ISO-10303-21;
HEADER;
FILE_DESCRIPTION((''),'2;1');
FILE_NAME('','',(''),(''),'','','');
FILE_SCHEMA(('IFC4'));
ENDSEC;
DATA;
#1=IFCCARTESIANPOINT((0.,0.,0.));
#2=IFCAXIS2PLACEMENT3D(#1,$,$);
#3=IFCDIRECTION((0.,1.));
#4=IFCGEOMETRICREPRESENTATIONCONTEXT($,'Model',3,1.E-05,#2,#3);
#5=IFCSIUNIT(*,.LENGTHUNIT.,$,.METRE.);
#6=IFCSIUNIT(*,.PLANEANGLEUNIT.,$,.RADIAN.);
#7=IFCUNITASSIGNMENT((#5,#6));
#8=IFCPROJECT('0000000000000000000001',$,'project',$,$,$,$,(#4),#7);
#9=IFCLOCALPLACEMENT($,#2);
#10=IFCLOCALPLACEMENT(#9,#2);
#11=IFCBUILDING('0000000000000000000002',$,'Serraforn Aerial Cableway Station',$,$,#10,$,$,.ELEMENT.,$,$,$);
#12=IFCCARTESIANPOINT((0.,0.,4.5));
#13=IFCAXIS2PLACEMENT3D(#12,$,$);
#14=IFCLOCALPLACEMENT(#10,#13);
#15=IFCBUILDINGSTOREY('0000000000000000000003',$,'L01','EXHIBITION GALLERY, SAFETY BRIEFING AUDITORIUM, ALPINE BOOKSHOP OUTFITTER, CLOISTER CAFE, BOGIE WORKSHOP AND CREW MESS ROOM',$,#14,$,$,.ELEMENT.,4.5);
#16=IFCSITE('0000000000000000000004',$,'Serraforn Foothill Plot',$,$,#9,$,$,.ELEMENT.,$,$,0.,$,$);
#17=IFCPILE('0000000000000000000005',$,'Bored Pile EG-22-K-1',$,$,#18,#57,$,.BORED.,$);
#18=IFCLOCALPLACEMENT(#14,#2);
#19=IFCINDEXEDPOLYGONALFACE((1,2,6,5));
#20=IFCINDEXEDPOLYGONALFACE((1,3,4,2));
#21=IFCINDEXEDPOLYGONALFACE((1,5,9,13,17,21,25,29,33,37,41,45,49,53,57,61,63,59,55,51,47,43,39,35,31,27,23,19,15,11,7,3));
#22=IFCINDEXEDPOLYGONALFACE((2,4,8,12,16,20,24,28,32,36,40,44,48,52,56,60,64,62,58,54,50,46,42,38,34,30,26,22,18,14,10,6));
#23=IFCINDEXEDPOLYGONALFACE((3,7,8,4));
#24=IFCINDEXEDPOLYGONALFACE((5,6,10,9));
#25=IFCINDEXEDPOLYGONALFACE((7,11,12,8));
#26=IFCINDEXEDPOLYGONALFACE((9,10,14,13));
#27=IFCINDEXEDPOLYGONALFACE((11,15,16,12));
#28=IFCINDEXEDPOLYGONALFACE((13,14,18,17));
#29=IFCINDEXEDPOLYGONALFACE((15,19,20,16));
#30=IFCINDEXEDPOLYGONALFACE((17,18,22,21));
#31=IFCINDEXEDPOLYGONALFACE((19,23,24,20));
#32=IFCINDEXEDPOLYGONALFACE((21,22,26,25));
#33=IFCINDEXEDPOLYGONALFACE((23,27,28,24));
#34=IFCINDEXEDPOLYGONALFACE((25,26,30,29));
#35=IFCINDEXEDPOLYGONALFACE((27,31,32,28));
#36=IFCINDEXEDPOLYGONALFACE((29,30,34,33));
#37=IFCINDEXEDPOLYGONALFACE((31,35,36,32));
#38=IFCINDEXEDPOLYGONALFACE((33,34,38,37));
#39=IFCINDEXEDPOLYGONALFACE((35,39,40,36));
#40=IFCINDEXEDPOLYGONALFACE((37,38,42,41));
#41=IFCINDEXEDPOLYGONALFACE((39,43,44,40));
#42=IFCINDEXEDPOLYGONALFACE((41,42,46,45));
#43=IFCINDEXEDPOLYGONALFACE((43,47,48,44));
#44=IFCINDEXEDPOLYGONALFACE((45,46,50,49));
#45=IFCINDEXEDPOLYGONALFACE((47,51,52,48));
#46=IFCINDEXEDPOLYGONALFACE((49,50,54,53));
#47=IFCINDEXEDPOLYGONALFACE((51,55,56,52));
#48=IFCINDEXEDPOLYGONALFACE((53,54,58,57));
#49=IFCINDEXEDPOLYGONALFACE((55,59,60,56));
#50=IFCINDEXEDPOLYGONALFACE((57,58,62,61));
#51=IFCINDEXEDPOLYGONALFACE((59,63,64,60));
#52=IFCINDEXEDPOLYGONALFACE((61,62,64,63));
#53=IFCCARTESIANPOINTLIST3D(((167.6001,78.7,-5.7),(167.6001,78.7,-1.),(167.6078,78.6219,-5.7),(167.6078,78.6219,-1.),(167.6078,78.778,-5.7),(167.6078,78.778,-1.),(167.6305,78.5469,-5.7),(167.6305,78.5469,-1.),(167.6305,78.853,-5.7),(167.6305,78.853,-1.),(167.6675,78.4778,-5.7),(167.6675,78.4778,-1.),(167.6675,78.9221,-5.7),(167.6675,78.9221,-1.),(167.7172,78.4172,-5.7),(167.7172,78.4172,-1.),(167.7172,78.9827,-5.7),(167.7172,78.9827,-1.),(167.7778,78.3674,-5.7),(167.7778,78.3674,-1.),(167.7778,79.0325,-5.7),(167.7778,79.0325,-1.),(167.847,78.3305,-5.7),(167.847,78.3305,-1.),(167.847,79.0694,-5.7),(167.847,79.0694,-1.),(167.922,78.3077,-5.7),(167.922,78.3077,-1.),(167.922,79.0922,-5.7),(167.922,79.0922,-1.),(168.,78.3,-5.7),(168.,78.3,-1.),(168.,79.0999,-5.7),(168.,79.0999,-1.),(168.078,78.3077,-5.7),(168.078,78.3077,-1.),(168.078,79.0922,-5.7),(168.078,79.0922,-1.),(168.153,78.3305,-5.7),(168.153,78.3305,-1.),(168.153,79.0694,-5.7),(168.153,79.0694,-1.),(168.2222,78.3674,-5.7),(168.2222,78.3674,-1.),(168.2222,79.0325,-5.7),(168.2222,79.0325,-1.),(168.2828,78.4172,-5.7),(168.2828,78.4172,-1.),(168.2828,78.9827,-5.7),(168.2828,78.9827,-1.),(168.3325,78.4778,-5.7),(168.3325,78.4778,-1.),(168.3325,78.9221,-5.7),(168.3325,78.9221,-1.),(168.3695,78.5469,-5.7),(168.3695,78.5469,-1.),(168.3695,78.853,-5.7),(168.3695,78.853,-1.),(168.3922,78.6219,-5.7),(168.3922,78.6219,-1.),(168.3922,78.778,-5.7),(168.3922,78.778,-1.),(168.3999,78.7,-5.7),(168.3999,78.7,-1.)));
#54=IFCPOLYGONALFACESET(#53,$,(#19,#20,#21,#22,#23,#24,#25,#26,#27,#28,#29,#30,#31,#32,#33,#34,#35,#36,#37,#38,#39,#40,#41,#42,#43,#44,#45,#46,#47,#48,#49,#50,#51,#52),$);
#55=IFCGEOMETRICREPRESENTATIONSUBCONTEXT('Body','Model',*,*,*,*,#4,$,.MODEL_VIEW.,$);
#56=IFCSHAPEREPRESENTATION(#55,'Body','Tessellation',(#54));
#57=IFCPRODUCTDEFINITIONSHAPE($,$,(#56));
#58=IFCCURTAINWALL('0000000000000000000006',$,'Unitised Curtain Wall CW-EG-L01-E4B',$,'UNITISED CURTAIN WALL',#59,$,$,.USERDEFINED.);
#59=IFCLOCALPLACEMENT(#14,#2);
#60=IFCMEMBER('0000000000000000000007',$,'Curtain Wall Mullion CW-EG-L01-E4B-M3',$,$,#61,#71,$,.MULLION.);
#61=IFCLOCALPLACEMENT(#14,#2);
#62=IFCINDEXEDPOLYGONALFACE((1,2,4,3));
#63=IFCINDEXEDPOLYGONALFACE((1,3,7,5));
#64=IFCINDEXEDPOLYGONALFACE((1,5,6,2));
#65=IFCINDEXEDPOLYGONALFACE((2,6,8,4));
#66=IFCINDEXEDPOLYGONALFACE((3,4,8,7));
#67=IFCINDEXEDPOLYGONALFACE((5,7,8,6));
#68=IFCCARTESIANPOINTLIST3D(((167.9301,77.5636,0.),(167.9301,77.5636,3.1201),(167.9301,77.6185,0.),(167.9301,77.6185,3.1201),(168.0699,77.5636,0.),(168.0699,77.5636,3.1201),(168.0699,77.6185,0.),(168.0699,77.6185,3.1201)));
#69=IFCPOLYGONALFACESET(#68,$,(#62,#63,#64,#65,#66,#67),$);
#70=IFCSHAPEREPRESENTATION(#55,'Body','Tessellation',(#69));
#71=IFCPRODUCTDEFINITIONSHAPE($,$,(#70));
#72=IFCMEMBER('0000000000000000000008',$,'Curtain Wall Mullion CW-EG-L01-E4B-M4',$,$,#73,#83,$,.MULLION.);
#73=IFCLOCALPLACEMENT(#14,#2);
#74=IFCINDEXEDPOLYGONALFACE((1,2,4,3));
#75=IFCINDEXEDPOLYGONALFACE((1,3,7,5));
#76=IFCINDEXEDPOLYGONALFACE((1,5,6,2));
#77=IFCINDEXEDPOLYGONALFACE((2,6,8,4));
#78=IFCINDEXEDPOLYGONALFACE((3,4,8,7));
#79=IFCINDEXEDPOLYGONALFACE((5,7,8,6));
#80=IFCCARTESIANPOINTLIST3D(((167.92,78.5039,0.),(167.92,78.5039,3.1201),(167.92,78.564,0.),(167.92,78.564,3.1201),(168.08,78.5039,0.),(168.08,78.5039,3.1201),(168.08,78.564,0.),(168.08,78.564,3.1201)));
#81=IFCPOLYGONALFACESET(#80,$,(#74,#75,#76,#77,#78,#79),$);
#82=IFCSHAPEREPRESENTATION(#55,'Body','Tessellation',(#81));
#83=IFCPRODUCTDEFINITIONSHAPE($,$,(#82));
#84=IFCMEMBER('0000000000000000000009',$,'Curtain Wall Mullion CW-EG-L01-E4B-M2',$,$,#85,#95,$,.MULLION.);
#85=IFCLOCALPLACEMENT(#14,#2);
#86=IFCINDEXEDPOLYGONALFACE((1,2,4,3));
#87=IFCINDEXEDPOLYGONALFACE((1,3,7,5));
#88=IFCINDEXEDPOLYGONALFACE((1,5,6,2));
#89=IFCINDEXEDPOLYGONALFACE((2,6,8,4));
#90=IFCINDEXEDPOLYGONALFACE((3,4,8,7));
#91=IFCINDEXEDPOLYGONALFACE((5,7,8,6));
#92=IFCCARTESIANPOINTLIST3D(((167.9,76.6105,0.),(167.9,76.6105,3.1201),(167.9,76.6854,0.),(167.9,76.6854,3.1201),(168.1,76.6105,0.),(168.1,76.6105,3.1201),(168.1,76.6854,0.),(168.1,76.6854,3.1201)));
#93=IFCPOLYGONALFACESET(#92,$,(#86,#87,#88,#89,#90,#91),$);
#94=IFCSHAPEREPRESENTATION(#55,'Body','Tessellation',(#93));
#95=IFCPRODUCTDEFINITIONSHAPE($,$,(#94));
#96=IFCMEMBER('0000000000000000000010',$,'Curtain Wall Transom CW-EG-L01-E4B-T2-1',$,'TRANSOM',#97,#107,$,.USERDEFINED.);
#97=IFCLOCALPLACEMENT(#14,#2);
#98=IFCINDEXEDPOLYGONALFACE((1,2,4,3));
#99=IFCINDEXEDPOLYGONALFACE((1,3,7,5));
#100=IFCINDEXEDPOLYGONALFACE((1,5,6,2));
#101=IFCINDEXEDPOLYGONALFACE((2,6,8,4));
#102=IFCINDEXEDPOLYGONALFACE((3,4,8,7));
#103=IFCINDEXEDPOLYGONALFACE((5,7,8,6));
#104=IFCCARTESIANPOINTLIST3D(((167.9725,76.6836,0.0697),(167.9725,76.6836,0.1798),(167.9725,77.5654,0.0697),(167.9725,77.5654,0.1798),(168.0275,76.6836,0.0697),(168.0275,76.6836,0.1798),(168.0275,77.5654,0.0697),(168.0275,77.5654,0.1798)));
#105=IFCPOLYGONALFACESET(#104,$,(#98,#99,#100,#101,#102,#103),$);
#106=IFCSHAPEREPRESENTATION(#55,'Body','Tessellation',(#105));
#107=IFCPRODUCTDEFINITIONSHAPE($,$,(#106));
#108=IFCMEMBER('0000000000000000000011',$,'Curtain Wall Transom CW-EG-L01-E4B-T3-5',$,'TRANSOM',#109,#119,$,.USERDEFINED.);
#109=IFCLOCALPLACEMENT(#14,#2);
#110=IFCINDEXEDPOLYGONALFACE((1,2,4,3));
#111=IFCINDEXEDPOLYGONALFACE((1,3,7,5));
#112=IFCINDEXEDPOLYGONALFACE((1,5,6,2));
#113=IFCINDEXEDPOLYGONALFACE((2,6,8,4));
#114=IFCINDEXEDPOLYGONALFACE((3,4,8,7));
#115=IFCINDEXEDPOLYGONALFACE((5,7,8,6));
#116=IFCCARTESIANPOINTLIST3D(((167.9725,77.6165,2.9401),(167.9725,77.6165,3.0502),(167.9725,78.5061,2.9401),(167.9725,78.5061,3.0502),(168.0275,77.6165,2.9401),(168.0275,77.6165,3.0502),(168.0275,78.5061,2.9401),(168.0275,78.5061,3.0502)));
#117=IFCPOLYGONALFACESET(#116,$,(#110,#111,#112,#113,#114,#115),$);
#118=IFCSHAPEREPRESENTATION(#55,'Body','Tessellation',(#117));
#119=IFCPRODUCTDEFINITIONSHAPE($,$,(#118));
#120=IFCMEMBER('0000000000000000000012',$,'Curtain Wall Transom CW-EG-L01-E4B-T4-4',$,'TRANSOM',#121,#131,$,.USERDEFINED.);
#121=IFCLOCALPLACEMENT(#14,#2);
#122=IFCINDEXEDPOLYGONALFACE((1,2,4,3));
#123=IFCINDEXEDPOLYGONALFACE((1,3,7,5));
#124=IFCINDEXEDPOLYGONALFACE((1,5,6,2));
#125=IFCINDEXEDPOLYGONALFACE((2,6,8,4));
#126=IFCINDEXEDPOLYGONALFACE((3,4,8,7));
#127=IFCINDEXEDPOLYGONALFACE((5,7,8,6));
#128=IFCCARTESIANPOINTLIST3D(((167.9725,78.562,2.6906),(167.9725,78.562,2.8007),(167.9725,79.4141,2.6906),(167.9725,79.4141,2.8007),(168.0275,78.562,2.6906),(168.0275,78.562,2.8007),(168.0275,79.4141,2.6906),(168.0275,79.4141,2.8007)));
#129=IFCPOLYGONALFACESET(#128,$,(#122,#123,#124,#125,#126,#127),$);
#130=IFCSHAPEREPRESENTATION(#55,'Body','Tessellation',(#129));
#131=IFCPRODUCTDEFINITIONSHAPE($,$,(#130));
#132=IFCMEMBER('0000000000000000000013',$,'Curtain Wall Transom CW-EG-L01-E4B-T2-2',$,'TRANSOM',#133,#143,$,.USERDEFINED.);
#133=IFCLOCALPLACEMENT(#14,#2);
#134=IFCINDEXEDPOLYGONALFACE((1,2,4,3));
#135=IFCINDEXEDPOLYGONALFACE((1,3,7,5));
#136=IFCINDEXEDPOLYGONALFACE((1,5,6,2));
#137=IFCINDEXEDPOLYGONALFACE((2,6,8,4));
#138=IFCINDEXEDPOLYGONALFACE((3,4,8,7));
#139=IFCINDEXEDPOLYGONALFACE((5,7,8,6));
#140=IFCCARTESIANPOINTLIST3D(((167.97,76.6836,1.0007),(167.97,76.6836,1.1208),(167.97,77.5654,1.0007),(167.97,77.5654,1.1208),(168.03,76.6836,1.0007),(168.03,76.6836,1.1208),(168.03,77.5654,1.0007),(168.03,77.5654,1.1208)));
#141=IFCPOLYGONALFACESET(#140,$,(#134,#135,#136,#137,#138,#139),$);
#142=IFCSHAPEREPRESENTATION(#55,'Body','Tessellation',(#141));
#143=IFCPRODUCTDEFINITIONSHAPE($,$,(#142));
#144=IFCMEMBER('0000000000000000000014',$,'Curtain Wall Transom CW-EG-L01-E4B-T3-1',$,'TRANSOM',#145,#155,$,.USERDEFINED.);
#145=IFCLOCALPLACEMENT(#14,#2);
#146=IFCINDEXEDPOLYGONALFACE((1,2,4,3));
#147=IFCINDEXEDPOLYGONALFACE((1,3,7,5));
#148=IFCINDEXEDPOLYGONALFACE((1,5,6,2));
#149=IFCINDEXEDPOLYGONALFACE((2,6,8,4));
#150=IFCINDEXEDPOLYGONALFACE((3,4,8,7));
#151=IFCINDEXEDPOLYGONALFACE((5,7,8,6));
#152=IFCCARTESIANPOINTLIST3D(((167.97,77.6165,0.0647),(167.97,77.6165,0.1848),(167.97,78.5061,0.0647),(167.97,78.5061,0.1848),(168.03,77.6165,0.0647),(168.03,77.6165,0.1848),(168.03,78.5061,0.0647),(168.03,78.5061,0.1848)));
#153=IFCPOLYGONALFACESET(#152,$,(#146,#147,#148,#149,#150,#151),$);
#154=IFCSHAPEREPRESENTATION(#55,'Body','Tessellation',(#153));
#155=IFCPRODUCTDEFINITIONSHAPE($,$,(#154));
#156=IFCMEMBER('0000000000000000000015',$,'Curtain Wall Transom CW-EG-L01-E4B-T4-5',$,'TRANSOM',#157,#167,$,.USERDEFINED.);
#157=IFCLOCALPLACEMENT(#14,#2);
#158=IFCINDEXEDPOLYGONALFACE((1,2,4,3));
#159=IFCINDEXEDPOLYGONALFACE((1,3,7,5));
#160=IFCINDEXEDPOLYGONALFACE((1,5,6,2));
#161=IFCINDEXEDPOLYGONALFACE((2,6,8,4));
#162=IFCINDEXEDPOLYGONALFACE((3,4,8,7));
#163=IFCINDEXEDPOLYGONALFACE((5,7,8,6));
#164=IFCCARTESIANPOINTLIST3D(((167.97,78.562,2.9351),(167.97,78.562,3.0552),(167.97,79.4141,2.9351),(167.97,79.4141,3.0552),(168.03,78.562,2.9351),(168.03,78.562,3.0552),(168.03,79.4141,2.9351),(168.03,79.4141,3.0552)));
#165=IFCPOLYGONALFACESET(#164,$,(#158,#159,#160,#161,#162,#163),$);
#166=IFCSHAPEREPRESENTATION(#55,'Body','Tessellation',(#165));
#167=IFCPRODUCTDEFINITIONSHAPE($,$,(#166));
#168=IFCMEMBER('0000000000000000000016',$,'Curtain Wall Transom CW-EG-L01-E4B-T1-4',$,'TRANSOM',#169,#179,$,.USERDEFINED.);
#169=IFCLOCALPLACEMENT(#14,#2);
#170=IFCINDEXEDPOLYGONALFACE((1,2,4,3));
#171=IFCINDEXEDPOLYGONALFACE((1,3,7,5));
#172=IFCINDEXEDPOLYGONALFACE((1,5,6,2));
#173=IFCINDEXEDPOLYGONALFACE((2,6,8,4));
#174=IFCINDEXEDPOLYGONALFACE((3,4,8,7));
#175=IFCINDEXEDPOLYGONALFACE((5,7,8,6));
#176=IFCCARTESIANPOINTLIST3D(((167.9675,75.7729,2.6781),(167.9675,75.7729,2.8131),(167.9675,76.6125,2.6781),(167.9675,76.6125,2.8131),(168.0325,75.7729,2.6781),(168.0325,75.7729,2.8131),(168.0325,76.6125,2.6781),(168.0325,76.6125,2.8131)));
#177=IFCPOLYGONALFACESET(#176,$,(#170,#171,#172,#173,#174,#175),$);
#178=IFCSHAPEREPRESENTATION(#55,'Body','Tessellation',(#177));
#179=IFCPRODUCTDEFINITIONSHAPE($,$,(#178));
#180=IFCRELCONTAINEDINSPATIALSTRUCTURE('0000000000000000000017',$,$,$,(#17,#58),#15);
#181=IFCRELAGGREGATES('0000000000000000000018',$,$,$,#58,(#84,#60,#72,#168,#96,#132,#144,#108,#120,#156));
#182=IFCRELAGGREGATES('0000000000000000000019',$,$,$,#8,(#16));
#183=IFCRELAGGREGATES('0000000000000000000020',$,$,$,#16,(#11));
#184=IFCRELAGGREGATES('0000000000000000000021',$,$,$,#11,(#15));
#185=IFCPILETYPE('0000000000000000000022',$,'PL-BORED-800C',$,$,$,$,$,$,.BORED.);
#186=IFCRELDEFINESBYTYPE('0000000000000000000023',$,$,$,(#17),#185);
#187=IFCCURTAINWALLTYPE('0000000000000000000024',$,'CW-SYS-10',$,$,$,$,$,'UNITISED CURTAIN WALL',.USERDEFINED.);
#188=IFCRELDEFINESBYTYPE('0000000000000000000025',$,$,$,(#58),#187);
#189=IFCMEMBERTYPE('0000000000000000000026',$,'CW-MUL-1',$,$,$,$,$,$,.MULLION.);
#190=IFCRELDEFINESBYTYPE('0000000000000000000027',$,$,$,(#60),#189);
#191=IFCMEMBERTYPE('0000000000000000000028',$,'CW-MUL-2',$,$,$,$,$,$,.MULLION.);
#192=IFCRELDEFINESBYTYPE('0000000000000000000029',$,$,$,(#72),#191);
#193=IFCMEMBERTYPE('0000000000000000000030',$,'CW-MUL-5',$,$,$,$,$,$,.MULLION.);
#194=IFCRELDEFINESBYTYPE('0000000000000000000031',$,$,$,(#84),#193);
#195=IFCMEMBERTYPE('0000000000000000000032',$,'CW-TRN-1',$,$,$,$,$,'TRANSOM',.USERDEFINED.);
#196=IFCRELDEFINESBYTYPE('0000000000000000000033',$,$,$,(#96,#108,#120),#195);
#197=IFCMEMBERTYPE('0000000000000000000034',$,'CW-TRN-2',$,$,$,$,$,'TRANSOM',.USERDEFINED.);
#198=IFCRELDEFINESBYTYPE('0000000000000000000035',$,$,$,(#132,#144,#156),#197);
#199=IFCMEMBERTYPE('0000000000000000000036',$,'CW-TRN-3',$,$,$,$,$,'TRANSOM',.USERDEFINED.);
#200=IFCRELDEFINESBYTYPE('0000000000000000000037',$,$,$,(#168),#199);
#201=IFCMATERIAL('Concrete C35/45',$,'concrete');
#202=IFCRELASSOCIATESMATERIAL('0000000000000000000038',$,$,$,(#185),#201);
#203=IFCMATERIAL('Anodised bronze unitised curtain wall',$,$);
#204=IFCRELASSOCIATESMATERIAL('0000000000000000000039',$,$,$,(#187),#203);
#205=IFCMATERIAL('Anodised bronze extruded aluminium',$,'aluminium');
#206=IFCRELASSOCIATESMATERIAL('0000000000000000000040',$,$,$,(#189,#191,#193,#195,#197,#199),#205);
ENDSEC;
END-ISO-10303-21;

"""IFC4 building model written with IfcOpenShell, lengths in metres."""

from ifc_helpers import new_model, si_unit, direction, frame, origin, origin_2d, place, context, subcontext, project, spatial, rectangle, circle, extrude, material, material_profile, profile_set, type_object, element, aggregate, save


model = new_model("IFC4")

# Units and contexts
model_context = context("Model", 3, precision=1e-05, world=origin(), true_north=direction((0.0, 1.0)))
body_context = subcontext(model_context, "Body", "Model", "MODEL_VIEW")
ifc_project = project(units=[si_unit("LENGTHUNIT", "METRE"), si_unit("PLANEANGLEUNIT", "RADIAN")], contexts=[model_context])

# Site, building, storey
site_placement = place(None, origin())
site = spatial("IfcSite", under=ifc_project, at=site_placement, Name="Serraforn Foothill Plot", CompositionType="ELEMENT", RefElevation=0.0)
building_placement = place(site_placement, origin())
building = spatial("IfcBuilding", under=site, at=building_placement, Name="Serraforn Aerial Cableway Station", CompositionType="ELEMENT")
storey_placement = place(building_placement, frame((0.0, 0.0, 4.5)))
storey = spatial("IfcBuildingStorey", under=building, at=storey_placement, Name="L01", Description="EXHIBITION GALLERY, SAFETY BRIEFING AUDITORIUM, ALPINE BOOKSHOP OUTFITTER, CLOISTER CAFE, BOGIE WORKSHOP AND CREW MESS ROOM", CompositionType="ELEMENT", Elevation=4.5)

# Pile
ifc_material_1 = material(Name="Concrete C35/45", Category="concrete")
ifc_material_profile_1 = material_profile(ifc_material_1, circle(Radius=0.3999, at=origin_2d()), Name="BORED PILE D800")
ifc_profile_set_1 = profile_set([ifc_material_profile_1], Name="Concrete C35/45")
pile_type = type_object("IfcPileType", Name="PL-BORED-800C", PredefinedType="BORED", material=ifc_profile_set_1)
pile_placement = place(storey_placement, frame((168.0, 78.7, -1.0), z_axis=(0.0, 0.0, -1.0), x_axis=(1.0, 0.0, 0.0)))
element("IfcPile", 1, at=pile_placement, inside=storey, type_object=pile_type, Name="Bored Pile EG-22-K-1", PredefinedType="BORED", context=body_context, shape_type="SweptSolid", body=[
    extrude(circle(Radius=0.3999, at=origin_2d()), origin(), (0.0, 0.0, 1.0), 4.7),
])

# Curtain wall, members
ifc_material_2 = material(Name="Anodised bronze unitised curtain wall")
curtain_wall_type = type_object("IfcCurtainWallType", Name="CW-SYS-10", ElementType="UNITISED CURTAIN WALL", PredefinedType="USERDEFINED", material=ifc_material_2)
curtain_wall_placement = place(storey_placement, origin())
curtain_wall = element("IfcCurtainWall", 2, at=curtain_wall_placement, inside=storey, type_object=curtain_wall_type, Name="Unitised Curtain Wall CW-EG-L01-E4B", ObjectType="UNITISED CURTAIN WALL", PredefinedType="USERDEFINED")
ifc_material_3 = material(Name="Anodised bronze extruded aluminium", Category="aluminium")
ifc_material_profile_2 = material_profile(ifc_material_3, rectangle(XDim=0.0549, YDim=0.1399, at=origin_2d()), Name="CW MULLION 55x140")
ifc_profile_set_2 = profile_set([ifc_material_profile_2], Name="Anodised bronze extruded aluminium")
member_type_1 = type_object("IfcMemberType", Name="CW-MUL-1", PredefinedType="MULLION", material=ifc_profile_set_2)
member_1_placement = place(storey_placement, frame((168.0, 77.5911, 0.0), z_axis=(0.0, 0.0, 1.0), x_axis=(0.0, 1.0, 0.0)))
member_1 = element("IfcMember", 3, at=member_1_placement, type_object=member_type_1, Name="Curtain Wall Mullion CW-EG-L01-E4B-M3", PredefinedType="MULLION", context=body_context, shape_type="SweptSolid", body=[
    extrude(rectangle(XDim=0.0549, YDim=0.1399, at=origin_2d()), origin(), (0.0, 0.0, 1.0), 3.1201),
])
ifc_material_profile_3 = material_profile(ifc_material_3, rectangle(XDim=0.0601, YDim=0.1599, at=origin_2d()), Name="CW MULLION 60x160")
ifc_profile_set_3 = profile_set([ifc_material_profile_3], Name="Anodised bronze extruded aluminium")
member_type_2 = type_object("IfcMemberType", Name="CW-MUL-2", PredefinedType="MULLION", material=ifc_profile_set_3)
member_2_placement = place(storey_placement, frame((168.0, 78.5339, 0.0), z_axis=(0.0, 0.0, 1.0), x_axis=(0.0, 1.0, 0.0)))
member_2 = element("IfcMember", 4, at=member_2_placement, type_object=member_type_2, Name="Curtain Wall Mullion CW-EG-L01-E4B-M4", PredefinedType="MULLION", context=body_context, shape_type="SweptSolid", body=[
    extrude(rectangle(XDim=0.0601, YDim=0.1599, at=origin_2d()), origin(), (0.0, 0.0, 1.0), 3.1201),
])
ifc_material_profile_4 = material_profile(ifc_material_3, rectangle(XDim=0.075, YDim=0.2, at=origin_2d()), Name="CW MULLION 75x200")
ifc_profile_set_4 = profile_set([ifc_material_profile_4], Name="Anodised bronze extruded aluminium")
member_type_3 = type_object("IfcMemberType", Name="CW-MUL-5", PredefinedType="MULLION", material=ifc_profile_set_4)
member_3_placement = place(storey_placement, frame((168.0, 76.6479, 0.0), z_axis=(0.0, 0.0, 1.0), x_axis=(0.0, 1.0, 0.0)))
member_3 = element("IfcMember", 5, at=member_3_placement, type_object=member_type_3, Name="Curtain Wall Mullion CW-EG-L01-E4B-M2", PredefinedType="MULLION", context=body_context, shape_type="SweptSolid", body=[
    extrude(rectangle(XDim=0.075, YDim=0.2, at=origin_2d()), origin(), (0.0, 0.0, 1.0), 3.1201),
])
ifc_material_profile_5 = material_profile(ifc_material_3, rectangle(XDim=0.0549, YDim=0.1101, at=origin_2d()), Name="CW TRANSOM 55x110")
ifc_profile_set_5 = profile_set([ifc_material_profile_5], Name="Anodised bronze extruded aluminium")
member_type_4 = type_object("IfcMemberType", Name="CW-TRN-1", ElementType="TRANSOM", PredefinedType="USERDEFINED", material=ifc_profile_set_5)
member_4_placement = place(storey_placement, frame((168.0, 76.6836, 0.1248), z_axis=(0.0, 1.0, 0.0), x_axis=(-1.0, 0.0, 0.0)))
member_4 = element("IfcMember", 6, at=member_4_placement, type_object=member_type_4, Name="Curtain Wall Transom CW-EG-L01-E4B-T2-1", ObjectType="TRANSOM", PredefinedType="USERDEFINED", context=body_context, shape_type="SweptSolid", body=[
    extrude(rectangle(XDim=0.0549, YDim=0.1101, at=origin_2d()), origin(), (0.0, 0.0, 1.0), 0.8818),
])
member_5_placement = place(storey_placement, frame((168.0, 77.6165, 2.9951), z_axis=(0.0, 1.0, 0.0), x_axis=(-1.0, 0.0, 0.0)))
member_5 = element("IfcMember", 7, at=member_5_placement, type_object=member_type_4, Name="Curtain Wall Transom CW-EG-L01-E4B-T3-5", ObjectType="TRANSOM", PredefinedType="USERDEFINED", context=body_context, shape_type="SweptSolid", body=[
    extrude(rectangle(XDim=0.0549, YDim=0.1101, at=origin_2d()), origin(), (0.0, 0.0, 1.0), 0.8896),
])
member_6_placement = place(storey_placement, frame((168.0, 78.562, 2.7456), z_axis=(0.0, 1.0, 0.0), x_axis=(-1.0, 0.0, 0.0)))
member_6 = element("IfcMember", 8, at=member_6_placement, type_object=member_type_4, Name="Curtain Wall Transom CW-EG-L01-E4B-T4-4", ObjectType="TRANSOM", PredefinedType="USERDEFINED", context=body_context, shape_type="SweptSolid", body=[
    extrude(rectangle(XDim=0.0549, YDim=0.1101, at=origin_2d()), origin(), (0.0, 0.0, 1.0), 0.8521),
])
ifc_material_profile_6 = material_profile(ifc_material_3, rectangle(XDim=0.0601, YDim=0.1201, at=origin_2d()), Name="CW TRANSOM 60x120")
ifc_profile_set_6 = profile_set([ifc_material_profile_6], Name="Anodised bronze extruded aluminium")
member_type_5 = type_object("IfcMemberType", Name="CW-TRN-2", ElementType="TRANSOM", PredefinedType="USERDEFINED", material=ifc_profile_set_6)
member_7_placement = place(storey_placement, frame((168.0, 76.6836, 1.0608), z_axis=(0.0, 1.0, 0.0), x_axis=(-1.0, 0.0, 0.0)))
member_7 = element("IfcMember", 9, at=member_7_placement, type_object=member_type_5, Name="Curtain Wall Transom CW-EG-L01-E4B-T2-2", ObjectType="TRANSOM", PredefinedType="USERDEFINED", context=body_context, shape_type="SweptSolid", body=[
    extrude(rectangle(XDim=0.0601, YDim=0.1201, at=origin_2d()), origin(), (0.0, 0.0, 1.0), 0.8818),
])
member_8_placement = place(storey_placement, frame((168.0, 77.6165, 0.1248), z_axis=(0.0, 1.0, 0.0), x_axis=(-1.0, 0.0, 0.0)))
member_8 = element("IfcMember", 10, at=member_8_placement, type_object=member_type_5, Name="Curtain Wall Transom CW-EG-L01-E4B-T3-1", ObjectType="TRANSOM", PredefinedType="USERDEFINED", context=body_context, shape_type="SweptSolid", body=[
    extrude(rectangle(XDim=0.0601, YDim=0.1201, at=origin_2d()), origin(), (0.0, 0.0, 1.0), 0.8896),
])
member_9_placement = place(storey_placement, frame((168.0, 78.562, 2.9951), z_axis=(0.0, 1.0, 0.0), x_axis=(-1.0, 0.0, 0.0)))
member_9 = element("IfcMember", 11, at=member_9_placement, type_object=member_type_5, Name="Curtain Wall Transom CW-EG-L01-E4B-T4-5", ObjectType="TRANSOM", PredefinedType="USERDEFINED", context=body_context, shape_type="SweptSolid", body=[
    extrude(rectangle(XDim=0.0601, YDim=0.1201, at=origin_2d()), origin(), (0.0, 0.0, 1.0), 0.8521),
])
ifc_material_profile_7 = material_profile(ifc_material_3, rectangle(XDim=0.0649, YDim=0.135, at=origin_2d()), Name="CW TRANSOM 65x135")
ifc_profile_set_7 = profile_set([ifc_material_profile_7], Name="Anodised bronze extruded aluminium")
member_type_6 = type_object("IfcMemberType", Name="CW-TRN-3", ElementType="TRANSOM", PredefinedType="USERDEFINED", material=ifc_profile_set_7)
member_10_placement = place(storey_placement, frame((168.0, 75.7729, 2.7456), z_axis=(0.0, 1.0, 0.0), x_axis=(-1.0, 0.0, 0.0)))
member_10 = element("IfcMember", 12, at=member_10_placement, type_object=member_type_6, Name="Curtain Wall Transom CW-EG-L01-E4B-T1-4", ObjectType="TRANSOM", PredefinedType="USERDEFINED", context=body_context, shape_type="SweptSolid", body=[
    extrude(rectangle(XDim=0.0649, YDim=0.135, at=origin_2d()), origin(), (0.0, 0.0, 1.0), 0.8396),
])
aggregate(curtain_wall, [member_3, member_1, member_2, member_10, member_4, member_7, member_8, member_5, member_6, member_9])

save(model, "model.ifc")
